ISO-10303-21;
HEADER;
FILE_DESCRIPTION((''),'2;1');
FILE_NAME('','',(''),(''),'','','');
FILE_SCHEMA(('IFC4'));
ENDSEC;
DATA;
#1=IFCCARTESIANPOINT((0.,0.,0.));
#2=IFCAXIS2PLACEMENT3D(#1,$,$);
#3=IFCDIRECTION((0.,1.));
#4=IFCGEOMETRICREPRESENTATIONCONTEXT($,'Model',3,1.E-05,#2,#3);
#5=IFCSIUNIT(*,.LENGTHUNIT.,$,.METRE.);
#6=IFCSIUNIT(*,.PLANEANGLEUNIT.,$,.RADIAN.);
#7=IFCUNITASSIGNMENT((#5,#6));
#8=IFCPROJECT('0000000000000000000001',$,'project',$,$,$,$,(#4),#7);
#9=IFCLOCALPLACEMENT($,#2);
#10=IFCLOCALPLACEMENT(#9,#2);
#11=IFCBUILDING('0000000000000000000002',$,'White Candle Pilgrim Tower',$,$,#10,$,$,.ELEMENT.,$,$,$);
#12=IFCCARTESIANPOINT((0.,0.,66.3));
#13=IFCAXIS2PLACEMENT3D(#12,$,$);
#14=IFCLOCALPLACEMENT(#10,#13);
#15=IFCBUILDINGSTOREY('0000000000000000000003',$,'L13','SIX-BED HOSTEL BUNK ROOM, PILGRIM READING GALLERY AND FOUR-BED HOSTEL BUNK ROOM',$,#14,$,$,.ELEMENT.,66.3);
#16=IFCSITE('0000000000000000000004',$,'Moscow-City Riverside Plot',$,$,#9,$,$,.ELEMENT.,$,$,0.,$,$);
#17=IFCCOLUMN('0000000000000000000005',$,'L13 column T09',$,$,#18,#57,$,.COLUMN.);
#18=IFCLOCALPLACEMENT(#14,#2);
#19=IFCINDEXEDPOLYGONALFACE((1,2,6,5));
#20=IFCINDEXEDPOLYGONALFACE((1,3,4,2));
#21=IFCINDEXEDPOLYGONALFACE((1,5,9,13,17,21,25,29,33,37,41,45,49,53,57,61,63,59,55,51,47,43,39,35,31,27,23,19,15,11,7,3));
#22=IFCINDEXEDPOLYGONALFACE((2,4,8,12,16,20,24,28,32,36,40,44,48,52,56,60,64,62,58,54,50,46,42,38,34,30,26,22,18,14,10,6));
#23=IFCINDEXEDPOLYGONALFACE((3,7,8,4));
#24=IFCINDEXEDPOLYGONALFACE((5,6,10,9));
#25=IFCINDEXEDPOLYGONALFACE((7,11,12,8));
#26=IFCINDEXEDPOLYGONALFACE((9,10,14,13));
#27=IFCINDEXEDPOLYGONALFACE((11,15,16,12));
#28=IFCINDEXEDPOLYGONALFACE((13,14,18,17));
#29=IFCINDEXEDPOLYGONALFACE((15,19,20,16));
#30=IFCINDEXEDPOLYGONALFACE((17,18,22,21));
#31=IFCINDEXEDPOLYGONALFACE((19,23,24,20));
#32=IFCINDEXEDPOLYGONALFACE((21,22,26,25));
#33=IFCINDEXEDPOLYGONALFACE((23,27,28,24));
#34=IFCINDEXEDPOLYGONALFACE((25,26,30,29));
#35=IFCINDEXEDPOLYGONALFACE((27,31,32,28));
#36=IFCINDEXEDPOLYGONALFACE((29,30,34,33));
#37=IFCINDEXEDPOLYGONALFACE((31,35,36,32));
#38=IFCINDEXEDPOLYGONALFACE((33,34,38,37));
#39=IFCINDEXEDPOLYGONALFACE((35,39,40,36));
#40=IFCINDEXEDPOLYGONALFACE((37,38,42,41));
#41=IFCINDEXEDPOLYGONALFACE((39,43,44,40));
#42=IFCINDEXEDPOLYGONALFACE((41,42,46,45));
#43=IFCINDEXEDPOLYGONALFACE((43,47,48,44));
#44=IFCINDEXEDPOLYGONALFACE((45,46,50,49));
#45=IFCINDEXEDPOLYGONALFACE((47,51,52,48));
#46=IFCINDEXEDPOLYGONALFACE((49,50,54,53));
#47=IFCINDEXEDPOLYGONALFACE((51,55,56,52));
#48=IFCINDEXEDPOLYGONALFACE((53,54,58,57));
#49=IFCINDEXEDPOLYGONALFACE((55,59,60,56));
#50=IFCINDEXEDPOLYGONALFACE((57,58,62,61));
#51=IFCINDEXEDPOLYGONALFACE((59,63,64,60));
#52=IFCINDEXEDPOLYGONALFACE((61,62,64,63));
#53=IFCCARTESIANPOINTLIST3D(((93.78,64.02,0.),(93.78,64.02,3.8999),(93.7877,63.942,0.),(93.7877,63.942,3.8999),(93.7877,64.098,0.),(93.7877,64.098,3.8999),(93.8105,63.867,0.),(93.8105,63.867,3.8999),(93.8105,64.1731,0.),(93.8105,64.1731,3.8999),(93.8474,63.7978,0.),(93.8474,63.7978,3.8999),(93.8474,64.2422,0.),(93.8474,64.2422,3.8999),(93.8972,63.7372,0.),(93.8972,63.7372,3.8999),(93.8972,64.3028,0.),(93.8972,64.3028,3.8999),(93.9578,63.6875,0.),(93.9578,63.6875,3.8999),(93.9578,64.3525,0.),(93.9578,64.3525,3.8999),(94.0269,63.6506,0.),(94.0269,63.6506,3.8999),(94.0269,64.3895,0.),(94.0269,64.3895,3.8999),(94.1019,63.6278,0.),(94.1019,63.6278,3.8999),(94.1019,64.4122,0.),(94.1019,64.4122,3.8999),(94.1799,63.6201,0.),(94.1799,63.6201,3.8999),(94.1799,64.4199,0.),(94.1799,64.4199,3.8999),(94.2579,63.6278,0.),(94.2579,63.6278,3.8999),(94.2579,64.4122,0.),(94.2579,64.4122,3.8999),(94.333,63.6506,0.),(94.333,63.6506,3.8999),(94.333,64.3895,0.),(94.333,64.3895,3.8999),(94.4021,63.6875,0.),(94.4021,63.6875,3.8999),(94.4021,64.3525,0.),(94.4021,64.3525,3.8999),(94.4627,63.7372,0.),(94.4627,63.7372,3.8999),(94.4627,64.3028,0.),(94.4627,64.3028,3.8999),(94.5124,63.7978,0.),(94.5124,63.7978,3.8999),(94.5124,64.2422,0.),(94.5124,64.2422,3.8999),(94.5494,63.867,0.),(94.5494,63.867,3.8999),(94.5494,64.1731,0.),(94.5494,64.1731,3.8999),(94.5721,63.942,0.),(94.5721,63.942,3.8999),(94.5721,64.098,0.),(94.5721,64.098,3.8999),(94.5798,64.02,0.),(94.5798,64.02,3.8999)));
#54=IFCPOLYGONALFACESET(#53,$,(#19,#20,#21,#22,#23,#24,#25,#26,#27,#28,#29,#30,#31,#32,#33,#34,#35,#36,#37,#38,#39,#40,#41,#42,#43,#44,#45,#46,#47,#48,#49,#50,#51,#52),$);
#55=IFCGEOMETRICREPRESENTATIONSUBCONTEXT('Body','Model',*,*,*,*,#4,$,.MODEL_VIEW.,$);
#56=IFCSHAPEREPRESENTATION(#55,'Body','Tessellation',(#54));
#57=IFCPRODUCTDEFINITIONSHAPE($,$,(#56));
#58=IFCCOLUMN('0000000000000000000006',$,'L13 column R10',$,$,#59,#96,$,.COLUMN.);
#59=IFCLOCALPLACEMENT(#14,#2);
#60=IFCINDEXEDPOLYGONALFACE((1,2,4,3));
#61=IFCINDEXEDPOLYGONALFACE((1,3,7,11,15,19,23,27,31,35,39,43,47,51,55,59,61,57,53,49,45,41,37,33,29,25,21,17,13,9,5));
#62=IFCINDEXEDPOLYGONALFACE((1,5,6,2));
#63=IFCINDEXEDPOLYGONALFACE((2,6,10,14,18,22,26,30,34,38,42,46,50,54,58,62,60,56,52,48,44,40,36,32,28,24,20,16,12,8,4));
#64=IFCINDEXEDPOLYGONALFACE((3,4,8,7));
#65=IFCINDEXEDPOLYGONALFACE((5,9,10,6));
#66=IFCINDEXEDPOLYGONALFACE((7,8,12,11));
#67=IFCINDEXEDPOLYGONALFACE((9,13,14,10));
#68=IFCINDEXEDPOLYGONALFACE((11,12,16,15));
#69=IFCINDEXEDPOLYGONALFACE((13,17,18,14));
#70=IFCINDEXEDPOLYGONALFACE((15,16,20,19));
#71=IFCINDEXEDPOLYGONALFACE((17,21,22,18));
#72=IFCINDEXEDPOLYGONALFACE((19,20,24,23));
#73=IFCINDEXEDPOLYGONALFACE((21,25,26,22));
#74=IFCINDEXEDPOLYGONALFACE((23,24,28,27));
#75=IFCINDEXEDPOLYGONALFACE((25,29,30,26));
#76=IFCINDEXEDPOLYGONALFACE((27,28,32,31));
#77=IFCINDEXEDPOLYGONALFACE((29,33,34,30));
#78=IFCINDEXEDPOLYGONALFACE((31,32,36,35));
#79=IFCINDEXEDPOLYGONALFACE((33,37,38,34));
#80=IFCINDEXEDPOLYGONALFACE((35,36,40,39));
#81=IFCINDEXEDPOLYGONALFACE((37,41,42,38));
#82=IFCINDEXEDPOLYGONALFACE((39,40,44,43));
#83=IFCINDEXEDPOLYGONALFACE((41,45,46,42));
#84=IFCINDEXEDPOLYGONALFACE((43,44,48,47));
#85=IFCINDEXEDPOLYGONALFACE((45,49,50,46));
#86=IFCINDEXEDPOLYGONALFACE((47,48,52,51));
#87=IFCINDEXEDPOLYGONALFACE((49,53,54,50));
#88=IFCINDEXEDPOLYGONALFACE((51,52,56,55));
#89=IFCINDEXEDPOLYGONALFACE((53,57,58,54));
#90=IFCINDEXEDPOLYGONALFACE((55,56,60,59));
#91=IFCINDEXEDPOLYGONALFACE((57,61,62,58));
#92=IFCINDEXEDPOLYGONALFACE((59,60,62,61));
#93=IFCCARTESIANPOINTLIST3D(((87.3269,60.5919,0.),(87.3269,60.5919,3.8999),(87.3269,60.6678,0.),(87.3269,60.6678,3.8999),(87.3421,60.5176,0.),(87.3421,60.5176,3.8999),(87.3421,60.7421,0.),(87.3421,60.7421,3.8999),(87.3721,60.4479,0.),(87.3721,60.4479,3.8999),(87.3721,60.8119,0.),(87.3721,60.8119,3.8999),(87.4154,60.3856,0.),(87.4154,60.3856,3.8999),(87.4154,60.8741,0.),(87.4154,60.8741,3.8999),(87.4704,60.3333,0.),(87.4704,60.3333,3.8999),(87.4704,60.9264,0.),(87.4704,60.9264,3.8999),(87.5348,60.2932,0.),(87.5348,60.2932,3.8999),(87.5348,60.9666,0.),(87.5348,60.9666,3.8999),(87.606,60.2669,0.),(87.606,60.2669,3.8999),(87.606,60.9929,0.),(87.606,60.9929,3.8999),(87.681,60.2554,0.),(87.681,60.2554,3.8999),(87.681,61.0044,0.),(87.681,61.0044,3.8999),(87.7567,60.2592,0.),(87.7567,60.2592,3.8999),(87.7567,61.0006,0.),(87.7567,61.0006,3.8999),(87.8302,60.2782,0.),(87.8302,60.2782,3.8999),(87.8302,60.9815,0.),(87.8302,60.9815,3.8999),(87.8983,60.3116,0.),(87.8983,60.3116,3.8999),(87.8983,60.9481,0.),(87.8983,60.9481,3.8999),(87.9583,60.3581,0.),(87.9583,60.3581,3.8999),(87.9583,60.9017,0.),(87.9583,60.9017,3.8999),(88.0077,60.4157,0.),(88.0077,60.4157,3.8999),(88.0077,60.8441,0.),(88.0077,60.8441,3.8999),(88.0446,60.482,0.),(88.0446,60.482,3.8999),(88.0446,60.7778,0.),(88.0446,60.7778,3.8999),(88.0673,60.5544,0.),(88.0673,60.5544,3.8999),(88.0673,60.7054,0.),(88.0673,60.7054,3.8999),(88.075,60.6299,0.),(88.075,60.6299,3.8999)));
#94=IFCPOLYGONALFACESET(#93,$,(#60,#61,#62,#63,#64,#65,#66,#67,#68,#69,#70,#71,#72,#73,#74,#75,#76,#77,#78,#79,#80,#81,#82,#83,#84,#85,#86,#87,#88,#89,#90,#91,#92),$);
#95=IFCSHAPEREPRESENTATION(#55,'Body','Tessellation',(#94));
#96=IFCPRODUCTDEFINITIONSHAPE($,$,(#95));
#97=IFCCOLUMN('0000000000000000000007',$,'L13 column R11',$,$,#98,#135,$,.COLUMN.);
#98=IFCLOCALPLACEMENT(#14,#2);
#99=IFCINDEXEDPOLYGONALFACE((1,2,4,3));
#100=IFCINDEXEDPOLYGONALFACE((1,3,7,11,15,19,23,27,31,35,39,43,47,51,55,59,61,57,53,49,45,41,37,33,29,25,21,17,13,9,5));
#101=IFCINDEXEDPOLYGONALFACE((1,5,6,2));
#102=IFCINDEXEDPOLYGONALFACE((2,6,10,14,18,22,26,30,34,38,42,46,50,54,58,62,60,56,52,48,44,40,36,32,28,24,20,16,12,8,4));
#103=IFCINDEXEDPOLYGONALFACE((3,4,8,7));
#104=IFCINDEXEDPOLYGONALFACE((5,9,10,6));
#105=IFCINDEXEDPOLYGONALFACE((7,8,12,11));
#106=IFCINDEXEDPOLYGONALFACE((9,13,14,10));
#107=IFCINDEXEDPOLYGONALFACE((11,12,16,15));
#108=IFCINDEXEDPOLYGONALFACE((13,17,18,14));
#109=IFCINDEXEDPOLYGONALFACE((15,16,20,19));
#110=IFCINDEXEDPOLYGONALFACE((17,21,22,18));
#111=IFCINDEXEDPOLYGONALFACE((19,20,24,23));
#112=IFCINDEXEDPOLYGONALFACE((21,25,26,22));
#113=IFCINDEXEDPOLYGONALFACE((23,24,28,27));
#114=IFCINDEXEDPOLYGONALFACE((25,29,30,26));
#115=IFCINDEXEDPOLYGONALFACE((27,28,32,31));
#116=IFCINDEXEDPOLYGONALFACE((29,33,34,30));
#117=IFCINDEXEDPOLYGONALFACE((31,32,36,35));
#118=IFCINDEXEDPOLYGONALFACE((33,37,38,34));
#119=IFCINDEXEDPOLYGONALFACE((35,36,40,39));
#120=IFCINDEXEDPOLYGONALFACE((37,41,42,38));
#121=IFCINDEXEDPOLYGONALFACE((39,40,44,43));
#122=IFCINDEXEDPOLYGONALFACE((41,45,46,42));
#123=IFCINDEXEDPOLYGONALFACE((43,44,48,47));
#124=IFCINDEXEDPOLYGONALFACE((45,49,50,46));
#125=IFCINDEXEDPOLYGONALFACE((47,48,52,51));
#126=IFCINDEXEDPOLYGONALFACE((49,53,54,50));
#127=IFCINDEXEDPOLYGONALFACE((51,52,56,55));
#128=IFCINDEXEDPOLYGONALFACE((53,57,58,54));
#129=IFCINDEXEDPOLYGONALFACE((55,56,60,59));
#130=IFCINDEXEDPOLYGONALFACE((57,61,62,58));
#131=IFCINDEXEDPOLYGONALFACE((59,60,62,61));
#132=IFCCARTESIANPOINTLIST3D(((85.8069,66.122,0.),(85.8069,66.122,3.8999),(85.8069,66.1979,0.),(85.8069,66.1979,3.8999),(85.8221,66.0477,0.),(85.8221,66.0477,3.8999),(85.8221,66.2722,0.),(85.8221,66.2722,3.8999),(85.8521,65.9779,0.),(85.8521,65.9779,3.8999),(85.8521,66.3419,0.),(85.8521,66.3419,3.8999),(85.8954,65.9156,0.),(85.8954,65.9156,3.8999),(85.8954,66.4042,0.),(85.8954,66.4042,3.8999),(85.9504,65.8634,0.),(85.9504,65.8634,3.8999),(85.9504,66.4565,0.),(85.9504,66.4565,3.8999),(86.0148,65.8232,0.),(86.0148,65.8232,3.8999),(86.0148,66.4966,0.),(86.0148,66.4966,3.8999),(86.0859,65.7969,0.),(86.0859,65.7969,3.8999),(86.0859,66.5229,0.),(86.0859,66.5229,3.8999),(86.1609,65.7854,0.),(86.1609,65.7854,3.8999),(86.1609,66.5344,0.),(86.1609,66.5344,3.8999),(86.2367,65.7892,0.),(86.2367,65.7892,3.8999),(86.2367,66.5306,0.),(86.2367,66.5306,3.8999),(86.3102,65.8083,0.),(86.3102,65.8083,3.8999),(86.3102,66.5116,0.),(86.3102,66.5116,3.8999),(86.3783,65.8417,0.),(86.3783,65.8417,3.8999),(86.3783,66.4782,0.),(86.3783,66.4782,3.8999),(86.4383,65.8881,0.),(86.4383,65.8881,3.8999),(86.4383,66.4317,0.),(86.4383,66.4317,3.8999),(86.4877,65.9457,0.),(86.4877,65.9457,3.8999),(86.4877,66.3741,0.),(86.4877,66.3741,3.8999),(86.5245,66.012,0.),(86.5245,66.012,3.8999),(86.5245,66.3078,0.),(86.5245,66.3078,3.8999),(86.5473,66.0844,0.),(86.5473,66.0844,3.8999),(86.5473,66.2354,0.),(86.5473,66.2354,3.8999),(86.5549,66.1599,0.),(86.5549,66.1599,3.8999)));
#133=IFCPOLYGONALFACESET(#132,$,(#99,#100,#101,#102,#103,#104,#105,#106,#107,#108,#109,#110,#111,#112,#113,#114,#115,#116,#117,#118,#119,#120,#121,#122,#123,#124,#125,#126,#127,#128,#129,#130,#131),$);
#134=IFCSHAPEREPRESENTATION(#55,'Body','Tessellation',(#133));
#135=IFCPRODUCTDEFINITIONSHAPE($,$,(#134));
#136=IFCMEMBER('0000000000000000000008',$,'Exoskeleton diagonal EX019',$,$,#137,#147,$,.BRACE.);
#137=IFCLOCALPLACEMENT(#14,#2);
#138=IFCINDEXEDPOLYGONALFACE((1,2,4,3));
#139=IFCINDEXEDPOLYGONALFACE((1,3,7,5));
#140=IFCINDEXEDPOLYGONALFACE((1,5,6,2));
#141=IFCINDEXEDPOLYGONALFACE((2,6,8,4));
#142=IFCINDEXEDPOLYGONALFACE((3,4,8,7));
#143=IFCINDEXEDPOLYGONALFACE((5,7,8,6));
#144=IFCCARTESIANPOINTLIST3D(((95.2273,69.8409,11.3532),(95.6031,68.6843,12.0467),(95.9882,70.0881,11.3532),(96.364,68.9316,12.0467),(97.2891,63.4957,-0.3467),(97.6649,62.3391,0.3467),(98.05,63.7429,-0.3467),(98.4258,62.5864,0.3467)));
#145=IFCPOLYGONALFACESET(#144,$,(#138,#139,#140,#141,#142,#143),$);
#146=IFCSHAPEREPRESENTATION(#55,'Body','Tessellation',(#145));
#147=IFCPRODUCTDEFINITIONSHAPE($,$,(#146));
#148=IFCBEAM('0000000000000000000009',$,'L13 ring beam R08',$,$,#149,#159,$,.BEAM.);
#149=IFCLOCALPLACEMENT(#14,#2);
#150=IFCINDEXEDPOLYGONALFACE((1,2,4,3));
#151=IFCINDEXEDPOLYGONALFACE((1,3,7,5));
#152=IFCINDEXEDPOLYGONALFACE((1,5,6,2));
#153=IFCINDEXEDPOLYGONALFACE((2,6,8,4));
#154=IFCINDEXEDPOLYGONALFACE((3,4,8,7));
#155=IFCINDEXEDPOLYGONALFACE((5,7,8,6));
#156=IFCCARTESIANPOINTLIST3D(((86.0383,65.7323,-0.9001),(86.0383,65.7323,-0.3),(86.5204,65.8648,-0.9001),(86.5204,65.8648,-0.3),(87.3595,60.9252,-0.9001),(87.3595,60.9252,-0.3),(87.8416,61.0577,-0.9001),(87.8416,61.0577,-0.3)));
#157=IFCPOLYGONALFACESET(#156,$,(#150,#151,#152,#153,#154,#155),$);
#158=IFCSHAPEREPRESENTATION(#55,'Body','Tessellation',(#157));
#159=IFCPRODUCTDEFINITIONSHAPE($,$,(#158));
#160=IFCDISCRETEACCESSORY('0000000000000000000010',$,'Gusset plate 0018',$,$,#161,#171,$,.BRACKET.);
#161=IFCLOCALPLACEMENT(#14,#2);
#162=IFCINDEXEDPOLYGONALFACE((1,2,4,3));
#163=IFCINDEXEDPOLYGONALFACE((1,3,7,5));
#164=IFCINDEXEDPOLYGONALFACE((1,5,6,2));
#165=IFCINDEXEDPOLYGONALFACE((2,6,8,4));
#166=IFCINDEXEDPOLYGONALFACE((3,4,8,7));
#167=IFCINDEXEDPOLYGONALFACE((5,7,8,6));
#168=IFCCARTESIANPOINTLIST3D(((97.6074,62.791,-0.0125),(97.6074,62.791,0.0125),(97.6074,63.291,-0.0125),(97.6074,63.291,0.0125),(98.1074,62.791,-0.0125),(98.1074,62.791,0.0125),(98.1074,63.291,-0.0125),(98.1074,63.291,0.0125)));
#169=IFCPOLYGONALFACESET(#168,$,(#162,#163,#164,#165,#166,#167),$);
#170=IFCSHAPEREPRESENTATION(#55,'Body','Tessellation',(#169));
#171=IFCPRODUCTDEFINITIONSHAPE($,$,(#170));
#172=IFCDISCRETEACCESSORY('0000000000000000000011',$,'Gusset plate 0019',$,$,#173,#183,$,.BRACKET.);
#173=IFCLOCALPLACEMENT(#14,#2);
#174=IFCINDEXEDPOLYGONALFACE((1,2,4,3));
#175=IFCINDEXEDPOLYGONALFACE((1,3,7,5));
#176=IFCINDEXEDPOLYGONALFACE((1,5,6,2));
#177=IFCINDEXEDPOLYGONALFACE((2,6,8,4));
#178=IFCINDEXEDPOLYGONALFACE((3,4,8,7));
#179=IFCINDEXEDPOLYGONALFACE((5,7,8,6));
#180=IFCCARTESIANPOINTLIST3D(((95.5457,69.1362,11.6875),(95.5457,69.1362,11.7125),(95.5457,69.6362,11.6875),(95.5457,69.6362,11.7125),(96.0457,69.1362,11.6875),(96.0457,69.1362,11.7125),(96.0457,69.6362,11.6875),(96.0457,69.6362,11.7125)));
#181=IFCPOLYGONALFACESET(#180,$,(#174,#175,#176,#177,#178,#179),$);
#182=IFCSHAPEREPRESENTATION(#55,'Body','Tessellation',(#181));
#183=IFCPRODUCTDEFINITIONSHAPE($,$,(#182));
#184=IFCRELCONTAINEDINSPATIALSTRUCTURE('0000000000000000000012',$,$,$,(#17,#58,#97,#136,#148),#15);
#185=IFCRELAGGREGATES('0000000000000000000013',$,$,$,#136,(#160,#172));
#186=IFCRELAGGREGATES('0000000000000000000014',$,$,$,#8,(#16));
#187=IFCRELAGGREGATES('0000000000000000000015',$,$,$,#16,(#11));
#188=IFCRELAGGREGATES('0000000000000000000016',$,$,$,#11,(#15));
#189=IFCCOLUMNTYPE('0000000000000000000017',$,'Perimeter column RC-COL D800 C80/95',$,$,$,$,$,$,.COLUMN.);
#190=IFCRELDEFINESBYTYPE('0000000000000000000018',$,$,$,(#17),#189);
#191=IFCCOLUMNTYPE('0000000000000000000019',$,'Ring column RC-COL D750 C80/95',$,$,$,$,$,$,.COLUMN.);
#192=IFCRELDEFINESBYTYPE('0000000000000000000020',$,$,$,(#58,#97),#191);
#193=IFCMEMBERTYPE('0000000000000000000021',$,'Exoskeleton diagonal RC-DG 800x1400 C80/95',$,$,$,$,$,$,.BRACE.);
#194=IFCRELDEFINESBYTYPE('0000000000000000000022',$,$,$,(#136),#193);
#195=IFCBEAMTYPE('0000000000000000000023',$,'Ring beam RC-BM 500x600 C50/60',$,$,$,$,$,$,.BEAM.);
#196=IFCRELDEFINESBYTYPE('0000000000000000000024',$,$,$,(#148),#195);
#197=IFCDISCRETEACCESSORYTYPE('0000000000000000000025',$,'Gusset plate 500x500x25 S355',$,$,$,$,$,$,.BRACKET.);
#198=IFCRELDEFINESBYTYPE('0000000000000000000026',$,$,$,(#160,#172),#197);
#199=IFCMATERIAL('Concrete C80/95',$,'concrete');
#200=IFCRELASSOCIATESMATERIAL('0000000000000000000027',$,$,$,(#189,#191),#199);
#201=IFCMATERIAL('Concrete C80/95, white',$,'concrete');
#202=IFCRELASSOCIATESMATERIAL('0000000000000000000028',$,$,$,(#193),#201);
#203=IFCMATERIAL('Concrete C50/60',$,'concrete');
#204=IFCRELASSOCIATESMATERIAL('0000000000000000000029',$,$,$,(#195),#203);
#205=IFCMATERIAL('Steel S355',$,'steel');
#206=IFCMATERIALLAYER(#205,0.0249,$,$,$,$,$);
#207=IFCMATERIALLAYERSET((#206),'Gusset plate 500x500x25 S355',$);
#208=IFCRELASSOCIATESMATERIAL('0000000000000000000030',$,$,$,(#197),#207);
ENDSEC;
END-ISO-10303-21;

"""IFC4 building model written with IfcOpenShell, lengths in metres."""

from ifc_helpers import new_model, si_unit, direction, frame, origin, origin_2d, place, context, subcontext, project, spatial, rectangle, circle, extrude, material, layer, layer_set, material_profile, profile_set, type_object, element, aggregate, save


model = new_model("IFC4")

# Units and contexts
model_context = context("Model", 3, precision=1e-05, world=origin(), true_north=direction((0.0, 1.0)))
body_context = subcontext(model_context, "Body", "Model", "MODEL_VIEW")
ifc_project = project(units=[si_unit("LENGTHUNIT", "METRE"), si_unit("PLANEANGLEUNIT", "RADIAN")], contexts=[model_context])

# Site, building, storey
site_placement = place(None, origin())
site = spatial("IfcSite", under=ifc_project, at=site_placement, Name="Moscow-City Riverside Plot", CompositionType="ELEMENT", RefElevation=0.0)
building_placement = place(site_placement, origin())
building = spatial("IfcBuilding", under=site, at=building_placement, Name="White Candle Pilgrim Tower", CompositionType="ELEMENT")
storey_placement = place(building_placement, frame((0.0, 0.0, 66.3)))
storey = spatial("IfcBuildingStorey", under=building, at=storey_placement, Name="L13", Description="SIX-BED HOSTEL BUNK ROOM, PILGRIM READING GALLERY AND FOUR-BED HOSTEL BUNK ROOM", CompositionType="ELEMENT", Elevation=66.3)

# Columns
ifc_material_1 = material(Name="Concrete C80/95", Category="concrete")
ifc_material_profile_1 = material_profile(ifc_material_1, circle(Radius=0.3999, at=origin_2d()), Name="RC-COL D800")
ifc_profile_set_1 = profile_set([ifc_material_profile_1], Name="Concrete C80/95")
column_type_1 = type_object("IfcColumnType", Name="Perimeter column RC-COL D800 C80/95", PredefinedType="COLUMN", material=ifc_profile_set_1)
column_placement = place(storey_placement, frame((94.1799, 64.02, 0.0), z_axis=(0.0, 0.0, 1.0), x_axis=(1.0, 0.0, 0.0)))
element("IfcColumn", 1, at=column_placement, inside=storey, type_object=column_type_1, Name="L13 column T09", PredefinedType="COLUMN", context=body_context, shape_type="SweptSolid", body=[
    extrude(circle(Radius=0.3999, at=origin_2d()), origin(), (0.0, 0.0, 1.0), 3.8999),
])
ifc_material_profile_2 = material_profile(ifc_material_1, circle(Radius=0.375, at=origin_2d()), Name="RC-COL D750")
ifc_profile_set_2 = profile_set([ifc_material_profile_2], Name="Concrete C80/95")
column_type_2 = type_object("IfcColumnType", Name="Ring column RC-COL D750 C80/95", PredefinedType="COLUMN", material=ifc_profile_set_2)
for number, where, z_axis, x_axis, name in (
    (2, (87.7, 60.6299, 0.0), (0.0, 0.0, 1.0), (1.0, 0.0, 0.0), "L13 column R10"),
    (3, (86.1799, 66.1599, 0.0), (0.0, 0.0, 1.0), (1.0, 0.0, 0.0), "L13 column R11"),
):
    element("IfcColumn", number, at=place(storey_placement, frame(where, z_axis=z_axis, x_axis=x_axis)), inside=storey, type_object=column_type_2, Name=name, PredefinedType="COLUMN", context=body_context, shape_type="SweptSolid", body=[
        extrude(circle(Radius=0.375, at=origin_2d()), origin(), (0.0, 0.0, 1.0), 3.8999),
    ])

# Member
ifc_material_2 = material(Name="Concrete C80/95, white", Category="concrete")
ifc_material_profile_3 = material_profile(ifc_material_2, rectangle(XDim=0.8, YDim=1.3999, at=origin_2d()), Name="RC-DG 800x1400")
ifc_profile_set_3 = profile_set([ifc_material_profile_3], Name="Concrete C80/95, white")
member_type = type_object("IfcMemberType", Name="Exoskeleton diagonal RC-DG 800x1400 C80/95", PredefinedType="BRACE", material=ifc_profile_set_3)
member_placement = place(storey_placement, frame((97.8574, 63.041, 0.0), z_axis=(-0.15308, 0.471114, 0.868688), x_axis=(-0.951053, -0.309028, 0.0)))
member = element("IfcMember", 4, at=member_placement, inside=storey, type_object=member_type, Name="Exoskeleton diagonal EX019", PredefinedType="BRACE", context=body_context, shape_type="SweptSolid", body=[
    extrude(rectangle(XDim=0.8, YDim=1.3999, at=origin_2d()), origin(), (0.0, 0.0, 1.0), 13.4685),
])

# Beam
ifc_material_3 = material(Name="Concrete C50/60", Category="concrete")
ifc_material_profile_4 = material_profile(ifc_material_3, rectangle(XDim=0.5, YDim=0.6001, at=origin_2d()), Name="RC-BM 500x600")
ifc_profile_set_4 = profile_set([ifc_material_profile_4], Name="Concrete C50/60")
beam_type_1 = type_object("IfcBeamType", Name="Ring beam RC-BM 500x600 C50/60", PredefinedType="BEAM", material=ifc_profile_set_4)
beam_1_placement = place(storey_placement, frame((87.6006, 60.9915, -0.6001), z_axis=(-0.265031, 0.96424, 0.0), x_axis=(-0.96424, -0.265031, 0.0)))
element("IfcBeam", 5, at=beam_1_placement, inside=storey, type_object=beam_type_1, Name="L13 ring beam R08", PredefinedType="BEAM", context=body_context, shape_type="SweptSolid", body=[
    extrude(rectangle(XDim=0.5, YDim=0.6001, at=origin_2d()), origin(), (0.0, 0.0, 1.0), 4.9854),
])

# Discrete accessories
ifc_material_4 = material(Name="Steel S355", Category="steel")
ifc_layer_1 = layer(ifc_material_4, 0.0249)
ifc_layer_set_1 = layer_set([ifc_layer_1], Name="Gusset plate 500x500x25 S355")
discrete_accessory_type = type_object("IfcDiscreteAccessoryType", Name="Gusset plate 500x500x25 S355", PredefinedType="BRACKET", material=ifc_layer_set_1)
discrete_accessory_1_placement = place(storey_placement, frame((97.8574, 63.041, -0.0125), z_axis=(0.0, 0.0, 1.0), x_axis=(1.0, 0.0, 0.0)))
discrete_accessory_1 = element("IfcDiscreteAccessory", 6, at=discrete_accessory_1_placement, type_object=discrete_accessory_type, Name="Gusset plate 0018", PredefinedType="BRACKET", context=body_context, shape_type="SweptSolid", body=[
    extrude(rectangle(XDim=0.5, YDim=0.5, at=origin_2d()), origin(), (0.0, 0.0, 1.0), 0.0249),
])
placement = place(building_placement, frame((0.0, 0.0, 78.0)))
discrete_accessory_2_placement = place(placement, frame((95.7957, 69.3862, -0.0125), z_axis=(0.0, 0.0, 1.0), x_axis=(1.0, 0.0, 0.0)))
discrete_accessory_2 = element("IfcDiscreteAccessory", 7, at=discrete_accessory_2_placement, type_object=discrete_accessory_type, Name="Gusset plate 0019", PredefinedType="BRACKET", context=body_context, shape_type="SweptSolid", body=[
    extrude(rectangle(XDim=0.5, YDim=0.5, at=origin_2d()), origin(), (0.0, 0.0, 1.0), 0.0249),
])
aggregate(member, [discrete_accessory_1, discrete_accessory_2])

save(model, "model.ifc")
